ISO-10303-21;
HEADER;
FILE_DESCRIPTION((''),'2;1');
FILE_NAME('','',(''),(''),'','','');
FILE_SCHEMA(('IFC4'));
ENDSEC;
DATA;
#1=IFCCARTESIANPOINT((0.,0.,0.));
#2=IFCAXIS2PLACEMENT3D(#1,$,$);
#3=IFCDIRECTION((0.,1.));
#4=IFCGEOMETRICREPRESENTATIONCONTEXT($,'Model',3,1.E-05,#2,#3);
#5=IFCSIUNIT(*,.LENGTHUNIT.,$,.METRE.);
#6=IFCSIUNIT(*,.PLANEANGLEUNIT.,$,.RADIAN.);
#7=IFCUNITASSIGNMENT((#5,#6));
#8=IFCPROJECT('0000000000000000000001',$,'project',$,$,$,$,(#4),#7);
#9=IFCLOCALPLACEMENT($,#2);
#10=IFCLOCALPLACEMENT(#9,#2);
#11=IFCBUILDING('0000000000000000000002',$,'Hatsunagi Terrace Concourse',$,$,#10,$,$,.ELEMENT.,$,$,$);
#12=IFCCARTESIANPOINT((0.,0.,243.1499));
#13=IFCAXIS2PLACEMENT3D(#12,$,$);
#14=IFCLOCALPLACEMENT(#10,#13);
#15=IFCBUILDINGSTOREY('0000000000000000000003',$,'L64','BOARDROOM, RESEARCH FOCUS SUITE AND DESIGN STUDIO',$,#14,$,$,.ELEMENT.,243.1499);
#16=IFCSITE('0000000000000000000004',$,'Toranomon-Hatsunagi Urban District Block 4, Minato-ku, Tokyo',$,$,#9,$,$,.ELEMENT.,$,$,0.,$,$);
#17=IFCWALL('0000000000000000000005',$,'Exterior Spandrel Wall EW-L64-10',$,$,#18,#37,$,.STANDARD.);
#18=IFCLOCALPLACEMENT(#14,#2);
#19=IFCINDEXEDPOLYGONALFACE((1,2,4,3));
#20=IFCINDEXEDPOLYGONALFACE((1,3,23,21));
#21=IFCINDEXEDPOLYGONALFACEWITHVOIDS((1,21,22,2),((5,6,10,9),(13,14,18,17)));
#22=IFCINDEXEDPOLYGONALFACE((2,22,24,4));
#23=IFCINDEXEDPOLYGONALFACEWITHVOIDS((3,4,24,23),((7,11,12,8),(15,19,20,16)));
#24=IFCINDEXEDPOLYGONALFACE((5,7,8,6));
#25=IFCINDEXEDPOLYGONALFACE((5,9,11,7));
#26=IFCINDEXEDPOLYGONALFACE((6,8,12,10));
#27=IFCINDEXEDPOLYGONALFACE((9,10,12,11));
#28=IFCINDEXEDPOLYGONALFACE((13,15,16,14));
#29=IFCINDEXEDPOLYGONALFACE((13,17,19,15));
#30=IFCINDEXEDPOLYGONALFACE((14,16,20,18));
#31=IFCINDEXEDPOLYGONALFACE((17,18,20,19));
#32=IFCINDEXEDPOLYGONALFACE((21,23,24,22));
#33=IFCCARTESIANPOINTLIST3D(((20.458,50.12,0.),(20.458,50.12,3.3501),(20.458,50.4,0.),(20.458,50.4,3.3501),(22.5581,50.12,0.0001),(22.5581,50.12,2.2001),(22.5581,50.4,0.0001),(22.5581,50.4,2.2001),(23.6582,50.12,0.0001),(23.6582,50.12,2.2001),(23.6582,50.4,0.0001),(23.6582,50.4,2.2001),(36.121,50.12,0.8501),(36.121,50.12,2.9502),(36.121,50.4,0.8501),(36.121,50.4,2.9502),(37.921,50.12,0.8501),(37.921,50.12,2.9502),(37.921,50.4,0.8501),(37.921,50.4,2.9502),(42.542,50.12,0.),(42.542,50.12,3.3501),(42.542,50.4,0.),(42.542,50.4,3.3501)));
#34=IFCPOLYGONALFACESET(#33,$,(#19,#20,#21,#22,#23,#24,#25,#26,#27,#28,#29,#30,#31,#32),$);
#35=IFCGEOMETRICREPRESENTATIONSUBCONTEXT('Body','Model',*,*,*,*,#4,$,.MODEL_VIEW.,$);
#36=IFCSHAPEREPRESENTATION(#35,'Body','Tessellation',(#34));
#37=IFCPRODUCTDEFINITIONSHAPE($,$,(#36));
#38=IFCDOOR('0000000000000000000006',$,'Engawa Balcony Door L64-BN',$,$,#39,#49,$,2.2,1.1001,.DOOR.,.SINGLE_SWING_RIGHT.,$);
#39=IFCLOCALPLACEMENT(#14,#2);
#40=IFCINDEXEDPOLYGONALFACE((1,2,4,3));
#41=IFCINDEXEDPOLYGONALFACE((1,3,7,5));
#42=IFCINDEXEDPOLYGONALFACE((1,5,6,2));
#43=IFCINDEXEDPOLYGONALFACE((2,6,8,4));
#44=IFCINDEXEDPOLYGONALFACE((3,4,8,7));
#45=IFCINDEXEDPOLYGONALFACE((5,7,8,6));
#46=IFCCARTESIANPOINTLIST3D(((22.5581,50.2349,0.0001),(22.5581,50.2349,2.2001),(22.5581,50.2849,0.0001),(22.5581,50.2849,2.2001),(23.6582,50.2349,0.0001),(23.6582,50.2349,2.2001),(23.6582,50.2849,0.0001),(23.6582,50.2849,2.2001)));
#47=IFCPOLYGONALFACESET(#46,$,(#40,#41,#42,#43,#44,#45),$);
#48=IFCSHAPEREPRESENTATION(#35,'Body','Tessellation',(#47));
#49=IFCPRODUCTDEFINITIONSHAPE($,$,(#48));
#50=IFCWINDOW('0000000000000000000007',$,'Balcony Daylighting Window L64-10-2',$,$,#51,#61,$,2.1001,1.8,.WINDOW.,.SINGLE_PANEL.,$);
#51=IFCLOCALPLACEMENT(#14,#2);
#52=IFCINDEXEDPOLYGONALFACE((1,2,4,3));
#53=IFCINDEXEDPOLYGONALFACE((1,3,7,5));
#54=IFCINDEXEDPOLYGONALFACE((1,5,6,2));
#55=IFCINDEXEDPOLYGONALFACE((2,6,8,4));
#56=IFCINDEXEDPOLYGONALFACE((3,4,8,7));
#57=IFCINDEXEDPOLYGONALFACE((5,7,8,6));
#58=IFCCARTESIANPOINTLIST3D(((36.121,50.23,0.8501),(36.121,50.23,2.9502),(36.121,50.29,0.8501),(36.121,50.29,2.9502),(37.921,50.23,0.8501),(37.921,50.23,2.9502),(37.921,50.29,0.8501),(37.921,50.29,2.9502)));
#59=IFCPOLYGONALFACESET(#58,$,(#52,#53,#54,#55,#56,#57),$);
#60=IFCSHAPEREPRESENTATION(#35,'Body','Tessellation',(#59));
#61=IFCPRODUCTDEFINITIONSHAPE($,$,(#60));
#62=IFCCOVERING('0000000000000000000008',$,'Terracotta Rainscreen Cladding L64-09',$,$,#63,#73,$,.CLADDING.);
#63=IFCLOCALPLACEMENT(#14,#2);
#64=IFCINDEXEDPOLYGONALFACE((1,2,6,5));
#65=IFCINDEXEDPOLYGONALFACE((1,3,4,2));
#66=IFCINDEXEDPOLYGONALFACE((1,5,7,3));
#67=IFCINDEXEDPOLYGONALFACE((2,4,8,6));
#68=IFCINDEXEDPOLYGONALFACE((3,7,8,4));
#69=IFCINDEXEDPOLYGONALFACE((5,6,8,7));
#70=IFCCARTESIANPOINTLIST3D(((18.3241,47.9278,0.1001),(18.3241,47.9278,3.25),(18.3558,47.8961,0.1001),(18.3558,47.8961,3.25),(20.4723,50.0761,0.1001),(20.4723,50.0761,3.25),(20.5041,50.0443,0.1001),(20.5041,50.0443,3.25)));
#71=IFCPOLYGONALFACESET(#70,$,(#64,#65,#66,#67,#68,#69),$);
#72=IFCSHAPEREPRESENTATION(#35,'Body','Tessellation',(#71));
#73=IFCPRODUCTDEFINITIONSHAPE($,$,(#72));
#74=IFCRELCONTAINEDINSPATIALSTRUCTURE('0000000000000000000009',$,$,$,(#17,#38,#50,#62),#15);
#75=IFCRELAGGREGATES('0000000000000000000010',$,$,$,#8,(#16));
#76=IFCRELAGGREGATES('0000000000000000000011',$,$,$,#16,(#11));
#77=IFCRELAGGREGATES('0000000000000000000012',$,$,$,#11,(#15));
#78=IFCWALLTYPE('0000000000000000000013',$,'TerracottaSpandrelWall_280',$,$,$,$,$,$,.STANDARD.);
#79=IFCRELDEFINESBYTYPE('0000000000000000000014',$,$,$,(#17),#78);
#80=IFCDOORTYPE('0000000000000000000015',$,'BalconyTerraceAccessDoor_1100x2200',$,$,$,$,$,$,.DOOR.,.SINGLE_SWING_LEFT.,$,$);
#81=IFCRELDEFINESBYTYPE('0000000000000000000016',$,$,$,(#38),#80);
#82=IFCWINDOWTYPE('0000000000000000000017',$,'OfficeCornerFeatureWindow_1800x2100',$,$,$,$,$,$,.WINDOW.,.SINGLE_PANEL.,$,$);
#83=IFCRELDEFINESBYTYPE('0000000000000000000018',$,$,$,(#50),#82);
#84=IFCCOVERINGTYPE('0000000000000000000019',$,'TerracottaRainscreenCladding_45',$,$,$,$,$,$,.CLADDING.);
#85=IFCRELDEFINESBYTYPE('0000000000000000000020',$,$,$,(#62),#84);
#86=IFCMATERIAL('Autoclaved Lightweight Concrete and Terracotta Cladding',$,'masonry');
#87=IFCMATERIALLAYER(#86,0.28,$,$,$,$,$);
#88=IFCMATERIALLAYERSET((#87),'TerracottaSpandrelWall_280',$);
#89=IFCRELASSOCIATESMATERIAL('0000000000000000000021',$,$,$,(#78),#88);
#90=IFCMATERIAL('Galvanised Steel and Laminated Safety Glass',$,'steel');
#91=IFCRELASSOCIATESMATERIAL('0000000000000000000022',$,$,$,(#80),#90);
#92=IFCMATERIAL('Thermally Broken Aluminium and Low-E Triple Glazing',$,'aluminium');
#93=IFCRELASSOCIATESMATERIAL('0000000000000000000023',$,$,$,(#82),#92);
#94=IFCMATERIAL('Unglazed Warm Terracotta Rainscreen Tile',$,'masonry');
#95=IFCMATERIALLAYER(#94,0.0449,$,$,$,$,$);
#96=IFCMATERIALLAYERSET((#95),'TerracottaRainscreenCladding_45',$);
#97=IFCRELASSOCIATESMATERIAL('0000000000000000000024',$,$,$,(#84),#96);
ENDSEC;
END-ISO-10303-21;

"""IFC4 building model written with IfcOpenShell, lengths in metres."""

from ifc_helpers import new_model, si_unit, direction, frame, frame_2d, origin, origin_2d, place, context, subcontext, project, spatial, rectangle, extrude, material, layer, layer_set, type_object, element, fill, save


model = new_model("IFC4")

# Units and contexts
model_context = context("Model", 3, precision=1e-05, world=origin(), true_north=direction((0.0, 1.0)))
body_context = subcontext(model_context, "Body", "Model", "MODEL_VIEW")
ifc_project = project(units=[si_unit("LENGTHUNIT", "METRE"), si_unit("PLANEANGLEUNIT", "RADIAN")], contexts=[model_context])

# Site, building, storey
site_placement = place(None, origin())
site = spatial("IfcSite", under=ifc_project, at=site_placement, Name="Toranomon-Hatsunagi Urban District Block 4, Minato-ku, Tokyo", CompositionType="ELEMENT", RefElevation=0.0)
building_placement = place(site_placement, origin())
building = spatial("IfcBuilding", under=site, at=building_placement, Name="Hatsunagi Terrace Concourse", CompositionType="ELEMENT")
storey_placement = place(building_placement, frame((0.0, 0.0, 243.1499)))
storey = spatial("IfcBuildingStorey", under=building, at=storey_placement, Name="L64", Description="BOARDROOM, RESEARCH FOCUS SUITE AND DESIGN STUDIO", CompositionType="ELEMENT", Elevation=243.1499)

# Wall, openings, door, window
ifc_material_1 = material(Name="Autoclaved Lightweight Concrete and Terracotta Cladding", Category="masonry")
ifc_layer_1 = layer(ifc_material_1, 0.28)
ifc_layer_set_1 = layer_set([ifc_layer_1], Name="TerracottaSpandrelWall_280")
wall_type_1 = type_object("IfcWallType", Name="TerracottaSpandrelWall_280", PredefinedType="STANDARD", material=ifc_layer_set_1)
wall_1_placement = place(storey_placement, frame((20.458, 50.26, 0.0), z_axis=(0.0, 0.0, 1.0), x_axis=(1.0, 0.0, 0.0)))
wall_1 = element("IfcWall", 1, at=wall_1_placement, inside=storey, type_object=wall_type_1, Name="Exterior Spandrel Wall EW-L64-10", PredefinedType="STANDARD", context=body_context, shape_type="SweptSolid", body=[
    extrude(rectangle(XDim=22.084, YDim=0.28, at=frame_2d((11.042, 0.0))), origin(), (0.0, 0.0, 1.0), 3.3501),
])
opening_1_placement = place(wall_1_placement, frame((2.1001, 0.0, 0.0)))
opening_1 = element("IfcOpeningElement", 2, at=opening_1_placement, cuts=wall_1, PredefinedType="OPENING", context=body_context, shape_type="SweptSolid", body=[
    extrude(rectangle(XDim=1.1001, YDim=2.2, at=frame_2d((0.55, 1.1001))), frame((0.0, 0.1499, 0.0), z_axis=(0.0, -1.0, 0.0), x_axis=(1.0, 0.0, 0.0)), (0.0, 0.0, 1.0), 0.3),
])
opening_2_placement = place(wall_1_placement, frame((15.6631, 0.0, 0.8501)))
opening_2 = element("IfcOpeningElement", 3, at=opening_2_placement, cuts=wall_1, PredefinedType="OPENING", context=body_context, shape_type="SweptSolid", body=[
    extrude(rectangle(XDim=1.8, YDim=2.1001, at=frame_2d((0.8999, 1.05))), frame((0.0, 0.1499, 0.0), z_axis=(0.0, -1.0, 0.0), x_axis=(1.0, 0.0, 0.0)), (0.0, 0.0, 1.0), 0.3),
])
ifc_material_2 = material(Name="Galvanised Steel and Laminated Safety Glass", Category="steel")
door_type_1 = type_object("IfcDoorType", Name="BalconyTerraceAccessDoor_1100x2200", OperationType="SINGLE_SWING_LEFT", PredefinedType="DOOR", material=ifc_material_2)
door_1_placement = place(opening_1_placement, origin())
door_1 = element("IfcDoor", 4, at=door_1_placement, inside=storey, type_object=door_type_1, Name="Engawa Balcony Door L64-BN", OperationType="SINGLE_SWING_RIGHT", OverallHeight=2.2, OverallWidth=1.1001, PredefinedType="DOOR", context=body_context, shape_type="SweptSolid", body=[
    extrude(rectangle(XDim=1.1001, YDim=2.2, at=frame_2d((0.55, 1.1001))), frame((0.0, 0.0249, 0.0), z_axis=(0.0, -1.0, 0.0), x_axis=(1.0, 0.0, 0.0)), (0.0, 0.0, 1.0), 0.05),
])
fill(opening_1, door_1)
ifc_material_3 = material(Name="Thermally Broken Aluminium and Low-E Triple Glazing", Category="aluminium")
window_type = type_object("IfcWindowType", Name="OfficeCornerFeatureWindow_1800x2100", PartitioningType="SINGLE_PANEL", PredefinedType="WINDOW", material=ifc_material_3)
window_placement = place(opening_2_placement, origin())
window = element("IfcWindow", 5, at=window_placement, inside=storey, type_object=window_type, Name="Balcony Daylighting Window L64-10-2", OverallHeight=2.1001, OverallWidth=1.8, PartitioningType="SINGLE_PANEL", PredefinedType="WINDOW", context=body_context, shape_type="SweptSolid", body=[
    extrude(rectangle(XDim=1.8, YDim=2.1001, at=frame_2d((0.8999, 1.05))), frame((0.0, 0.03, 0.0), z_axis=(0.0, -1.0, 0.0), x_axis=(1.0, 0.0, 0.0)), (0.0, 0.0, 1.0), 0.0601),
])
fill(opening_2, window)

# Covering
ifc_material_4 = material(Name="Unglazed Warm Terracotta Rainscreen Tile", Category="masonry")
ifc_layer_2 = layer(ifc_material_4, 0.0449)
ifc_layer_set_2 = layer_set([ifc_layer_2], Name="TerracottaRainscreenCladding_45")
covering_type = type_object("IfcCoveringType", Name="TerracottaRainscreenCladding_45", PredefinedType="CLADDING", material=ifc_layer_set_2)
covering_placement = place(storey_placement, frame((19.4141, 48.9861, 0.1001), z_axis=(0.0, 0.0, 1.0), x_axis=(0.707107, 0.707107, 0.0)))
element("IfcCovering", 6, at=covering_placement, inside=storey, type_object=covering_type, Name="Terracotta Rainscreen Cladding L64-09", PredefinedType="CLADDING", context=body_context, shape_type="SweptSolid", body=[
    extrude(rectangle(XDim=3.0381, YDim=0.0449, at=origin_2d()), origin(), (0.0, 0.0, 1.0), 3.1499),
])

save(model, "model.ifc")
